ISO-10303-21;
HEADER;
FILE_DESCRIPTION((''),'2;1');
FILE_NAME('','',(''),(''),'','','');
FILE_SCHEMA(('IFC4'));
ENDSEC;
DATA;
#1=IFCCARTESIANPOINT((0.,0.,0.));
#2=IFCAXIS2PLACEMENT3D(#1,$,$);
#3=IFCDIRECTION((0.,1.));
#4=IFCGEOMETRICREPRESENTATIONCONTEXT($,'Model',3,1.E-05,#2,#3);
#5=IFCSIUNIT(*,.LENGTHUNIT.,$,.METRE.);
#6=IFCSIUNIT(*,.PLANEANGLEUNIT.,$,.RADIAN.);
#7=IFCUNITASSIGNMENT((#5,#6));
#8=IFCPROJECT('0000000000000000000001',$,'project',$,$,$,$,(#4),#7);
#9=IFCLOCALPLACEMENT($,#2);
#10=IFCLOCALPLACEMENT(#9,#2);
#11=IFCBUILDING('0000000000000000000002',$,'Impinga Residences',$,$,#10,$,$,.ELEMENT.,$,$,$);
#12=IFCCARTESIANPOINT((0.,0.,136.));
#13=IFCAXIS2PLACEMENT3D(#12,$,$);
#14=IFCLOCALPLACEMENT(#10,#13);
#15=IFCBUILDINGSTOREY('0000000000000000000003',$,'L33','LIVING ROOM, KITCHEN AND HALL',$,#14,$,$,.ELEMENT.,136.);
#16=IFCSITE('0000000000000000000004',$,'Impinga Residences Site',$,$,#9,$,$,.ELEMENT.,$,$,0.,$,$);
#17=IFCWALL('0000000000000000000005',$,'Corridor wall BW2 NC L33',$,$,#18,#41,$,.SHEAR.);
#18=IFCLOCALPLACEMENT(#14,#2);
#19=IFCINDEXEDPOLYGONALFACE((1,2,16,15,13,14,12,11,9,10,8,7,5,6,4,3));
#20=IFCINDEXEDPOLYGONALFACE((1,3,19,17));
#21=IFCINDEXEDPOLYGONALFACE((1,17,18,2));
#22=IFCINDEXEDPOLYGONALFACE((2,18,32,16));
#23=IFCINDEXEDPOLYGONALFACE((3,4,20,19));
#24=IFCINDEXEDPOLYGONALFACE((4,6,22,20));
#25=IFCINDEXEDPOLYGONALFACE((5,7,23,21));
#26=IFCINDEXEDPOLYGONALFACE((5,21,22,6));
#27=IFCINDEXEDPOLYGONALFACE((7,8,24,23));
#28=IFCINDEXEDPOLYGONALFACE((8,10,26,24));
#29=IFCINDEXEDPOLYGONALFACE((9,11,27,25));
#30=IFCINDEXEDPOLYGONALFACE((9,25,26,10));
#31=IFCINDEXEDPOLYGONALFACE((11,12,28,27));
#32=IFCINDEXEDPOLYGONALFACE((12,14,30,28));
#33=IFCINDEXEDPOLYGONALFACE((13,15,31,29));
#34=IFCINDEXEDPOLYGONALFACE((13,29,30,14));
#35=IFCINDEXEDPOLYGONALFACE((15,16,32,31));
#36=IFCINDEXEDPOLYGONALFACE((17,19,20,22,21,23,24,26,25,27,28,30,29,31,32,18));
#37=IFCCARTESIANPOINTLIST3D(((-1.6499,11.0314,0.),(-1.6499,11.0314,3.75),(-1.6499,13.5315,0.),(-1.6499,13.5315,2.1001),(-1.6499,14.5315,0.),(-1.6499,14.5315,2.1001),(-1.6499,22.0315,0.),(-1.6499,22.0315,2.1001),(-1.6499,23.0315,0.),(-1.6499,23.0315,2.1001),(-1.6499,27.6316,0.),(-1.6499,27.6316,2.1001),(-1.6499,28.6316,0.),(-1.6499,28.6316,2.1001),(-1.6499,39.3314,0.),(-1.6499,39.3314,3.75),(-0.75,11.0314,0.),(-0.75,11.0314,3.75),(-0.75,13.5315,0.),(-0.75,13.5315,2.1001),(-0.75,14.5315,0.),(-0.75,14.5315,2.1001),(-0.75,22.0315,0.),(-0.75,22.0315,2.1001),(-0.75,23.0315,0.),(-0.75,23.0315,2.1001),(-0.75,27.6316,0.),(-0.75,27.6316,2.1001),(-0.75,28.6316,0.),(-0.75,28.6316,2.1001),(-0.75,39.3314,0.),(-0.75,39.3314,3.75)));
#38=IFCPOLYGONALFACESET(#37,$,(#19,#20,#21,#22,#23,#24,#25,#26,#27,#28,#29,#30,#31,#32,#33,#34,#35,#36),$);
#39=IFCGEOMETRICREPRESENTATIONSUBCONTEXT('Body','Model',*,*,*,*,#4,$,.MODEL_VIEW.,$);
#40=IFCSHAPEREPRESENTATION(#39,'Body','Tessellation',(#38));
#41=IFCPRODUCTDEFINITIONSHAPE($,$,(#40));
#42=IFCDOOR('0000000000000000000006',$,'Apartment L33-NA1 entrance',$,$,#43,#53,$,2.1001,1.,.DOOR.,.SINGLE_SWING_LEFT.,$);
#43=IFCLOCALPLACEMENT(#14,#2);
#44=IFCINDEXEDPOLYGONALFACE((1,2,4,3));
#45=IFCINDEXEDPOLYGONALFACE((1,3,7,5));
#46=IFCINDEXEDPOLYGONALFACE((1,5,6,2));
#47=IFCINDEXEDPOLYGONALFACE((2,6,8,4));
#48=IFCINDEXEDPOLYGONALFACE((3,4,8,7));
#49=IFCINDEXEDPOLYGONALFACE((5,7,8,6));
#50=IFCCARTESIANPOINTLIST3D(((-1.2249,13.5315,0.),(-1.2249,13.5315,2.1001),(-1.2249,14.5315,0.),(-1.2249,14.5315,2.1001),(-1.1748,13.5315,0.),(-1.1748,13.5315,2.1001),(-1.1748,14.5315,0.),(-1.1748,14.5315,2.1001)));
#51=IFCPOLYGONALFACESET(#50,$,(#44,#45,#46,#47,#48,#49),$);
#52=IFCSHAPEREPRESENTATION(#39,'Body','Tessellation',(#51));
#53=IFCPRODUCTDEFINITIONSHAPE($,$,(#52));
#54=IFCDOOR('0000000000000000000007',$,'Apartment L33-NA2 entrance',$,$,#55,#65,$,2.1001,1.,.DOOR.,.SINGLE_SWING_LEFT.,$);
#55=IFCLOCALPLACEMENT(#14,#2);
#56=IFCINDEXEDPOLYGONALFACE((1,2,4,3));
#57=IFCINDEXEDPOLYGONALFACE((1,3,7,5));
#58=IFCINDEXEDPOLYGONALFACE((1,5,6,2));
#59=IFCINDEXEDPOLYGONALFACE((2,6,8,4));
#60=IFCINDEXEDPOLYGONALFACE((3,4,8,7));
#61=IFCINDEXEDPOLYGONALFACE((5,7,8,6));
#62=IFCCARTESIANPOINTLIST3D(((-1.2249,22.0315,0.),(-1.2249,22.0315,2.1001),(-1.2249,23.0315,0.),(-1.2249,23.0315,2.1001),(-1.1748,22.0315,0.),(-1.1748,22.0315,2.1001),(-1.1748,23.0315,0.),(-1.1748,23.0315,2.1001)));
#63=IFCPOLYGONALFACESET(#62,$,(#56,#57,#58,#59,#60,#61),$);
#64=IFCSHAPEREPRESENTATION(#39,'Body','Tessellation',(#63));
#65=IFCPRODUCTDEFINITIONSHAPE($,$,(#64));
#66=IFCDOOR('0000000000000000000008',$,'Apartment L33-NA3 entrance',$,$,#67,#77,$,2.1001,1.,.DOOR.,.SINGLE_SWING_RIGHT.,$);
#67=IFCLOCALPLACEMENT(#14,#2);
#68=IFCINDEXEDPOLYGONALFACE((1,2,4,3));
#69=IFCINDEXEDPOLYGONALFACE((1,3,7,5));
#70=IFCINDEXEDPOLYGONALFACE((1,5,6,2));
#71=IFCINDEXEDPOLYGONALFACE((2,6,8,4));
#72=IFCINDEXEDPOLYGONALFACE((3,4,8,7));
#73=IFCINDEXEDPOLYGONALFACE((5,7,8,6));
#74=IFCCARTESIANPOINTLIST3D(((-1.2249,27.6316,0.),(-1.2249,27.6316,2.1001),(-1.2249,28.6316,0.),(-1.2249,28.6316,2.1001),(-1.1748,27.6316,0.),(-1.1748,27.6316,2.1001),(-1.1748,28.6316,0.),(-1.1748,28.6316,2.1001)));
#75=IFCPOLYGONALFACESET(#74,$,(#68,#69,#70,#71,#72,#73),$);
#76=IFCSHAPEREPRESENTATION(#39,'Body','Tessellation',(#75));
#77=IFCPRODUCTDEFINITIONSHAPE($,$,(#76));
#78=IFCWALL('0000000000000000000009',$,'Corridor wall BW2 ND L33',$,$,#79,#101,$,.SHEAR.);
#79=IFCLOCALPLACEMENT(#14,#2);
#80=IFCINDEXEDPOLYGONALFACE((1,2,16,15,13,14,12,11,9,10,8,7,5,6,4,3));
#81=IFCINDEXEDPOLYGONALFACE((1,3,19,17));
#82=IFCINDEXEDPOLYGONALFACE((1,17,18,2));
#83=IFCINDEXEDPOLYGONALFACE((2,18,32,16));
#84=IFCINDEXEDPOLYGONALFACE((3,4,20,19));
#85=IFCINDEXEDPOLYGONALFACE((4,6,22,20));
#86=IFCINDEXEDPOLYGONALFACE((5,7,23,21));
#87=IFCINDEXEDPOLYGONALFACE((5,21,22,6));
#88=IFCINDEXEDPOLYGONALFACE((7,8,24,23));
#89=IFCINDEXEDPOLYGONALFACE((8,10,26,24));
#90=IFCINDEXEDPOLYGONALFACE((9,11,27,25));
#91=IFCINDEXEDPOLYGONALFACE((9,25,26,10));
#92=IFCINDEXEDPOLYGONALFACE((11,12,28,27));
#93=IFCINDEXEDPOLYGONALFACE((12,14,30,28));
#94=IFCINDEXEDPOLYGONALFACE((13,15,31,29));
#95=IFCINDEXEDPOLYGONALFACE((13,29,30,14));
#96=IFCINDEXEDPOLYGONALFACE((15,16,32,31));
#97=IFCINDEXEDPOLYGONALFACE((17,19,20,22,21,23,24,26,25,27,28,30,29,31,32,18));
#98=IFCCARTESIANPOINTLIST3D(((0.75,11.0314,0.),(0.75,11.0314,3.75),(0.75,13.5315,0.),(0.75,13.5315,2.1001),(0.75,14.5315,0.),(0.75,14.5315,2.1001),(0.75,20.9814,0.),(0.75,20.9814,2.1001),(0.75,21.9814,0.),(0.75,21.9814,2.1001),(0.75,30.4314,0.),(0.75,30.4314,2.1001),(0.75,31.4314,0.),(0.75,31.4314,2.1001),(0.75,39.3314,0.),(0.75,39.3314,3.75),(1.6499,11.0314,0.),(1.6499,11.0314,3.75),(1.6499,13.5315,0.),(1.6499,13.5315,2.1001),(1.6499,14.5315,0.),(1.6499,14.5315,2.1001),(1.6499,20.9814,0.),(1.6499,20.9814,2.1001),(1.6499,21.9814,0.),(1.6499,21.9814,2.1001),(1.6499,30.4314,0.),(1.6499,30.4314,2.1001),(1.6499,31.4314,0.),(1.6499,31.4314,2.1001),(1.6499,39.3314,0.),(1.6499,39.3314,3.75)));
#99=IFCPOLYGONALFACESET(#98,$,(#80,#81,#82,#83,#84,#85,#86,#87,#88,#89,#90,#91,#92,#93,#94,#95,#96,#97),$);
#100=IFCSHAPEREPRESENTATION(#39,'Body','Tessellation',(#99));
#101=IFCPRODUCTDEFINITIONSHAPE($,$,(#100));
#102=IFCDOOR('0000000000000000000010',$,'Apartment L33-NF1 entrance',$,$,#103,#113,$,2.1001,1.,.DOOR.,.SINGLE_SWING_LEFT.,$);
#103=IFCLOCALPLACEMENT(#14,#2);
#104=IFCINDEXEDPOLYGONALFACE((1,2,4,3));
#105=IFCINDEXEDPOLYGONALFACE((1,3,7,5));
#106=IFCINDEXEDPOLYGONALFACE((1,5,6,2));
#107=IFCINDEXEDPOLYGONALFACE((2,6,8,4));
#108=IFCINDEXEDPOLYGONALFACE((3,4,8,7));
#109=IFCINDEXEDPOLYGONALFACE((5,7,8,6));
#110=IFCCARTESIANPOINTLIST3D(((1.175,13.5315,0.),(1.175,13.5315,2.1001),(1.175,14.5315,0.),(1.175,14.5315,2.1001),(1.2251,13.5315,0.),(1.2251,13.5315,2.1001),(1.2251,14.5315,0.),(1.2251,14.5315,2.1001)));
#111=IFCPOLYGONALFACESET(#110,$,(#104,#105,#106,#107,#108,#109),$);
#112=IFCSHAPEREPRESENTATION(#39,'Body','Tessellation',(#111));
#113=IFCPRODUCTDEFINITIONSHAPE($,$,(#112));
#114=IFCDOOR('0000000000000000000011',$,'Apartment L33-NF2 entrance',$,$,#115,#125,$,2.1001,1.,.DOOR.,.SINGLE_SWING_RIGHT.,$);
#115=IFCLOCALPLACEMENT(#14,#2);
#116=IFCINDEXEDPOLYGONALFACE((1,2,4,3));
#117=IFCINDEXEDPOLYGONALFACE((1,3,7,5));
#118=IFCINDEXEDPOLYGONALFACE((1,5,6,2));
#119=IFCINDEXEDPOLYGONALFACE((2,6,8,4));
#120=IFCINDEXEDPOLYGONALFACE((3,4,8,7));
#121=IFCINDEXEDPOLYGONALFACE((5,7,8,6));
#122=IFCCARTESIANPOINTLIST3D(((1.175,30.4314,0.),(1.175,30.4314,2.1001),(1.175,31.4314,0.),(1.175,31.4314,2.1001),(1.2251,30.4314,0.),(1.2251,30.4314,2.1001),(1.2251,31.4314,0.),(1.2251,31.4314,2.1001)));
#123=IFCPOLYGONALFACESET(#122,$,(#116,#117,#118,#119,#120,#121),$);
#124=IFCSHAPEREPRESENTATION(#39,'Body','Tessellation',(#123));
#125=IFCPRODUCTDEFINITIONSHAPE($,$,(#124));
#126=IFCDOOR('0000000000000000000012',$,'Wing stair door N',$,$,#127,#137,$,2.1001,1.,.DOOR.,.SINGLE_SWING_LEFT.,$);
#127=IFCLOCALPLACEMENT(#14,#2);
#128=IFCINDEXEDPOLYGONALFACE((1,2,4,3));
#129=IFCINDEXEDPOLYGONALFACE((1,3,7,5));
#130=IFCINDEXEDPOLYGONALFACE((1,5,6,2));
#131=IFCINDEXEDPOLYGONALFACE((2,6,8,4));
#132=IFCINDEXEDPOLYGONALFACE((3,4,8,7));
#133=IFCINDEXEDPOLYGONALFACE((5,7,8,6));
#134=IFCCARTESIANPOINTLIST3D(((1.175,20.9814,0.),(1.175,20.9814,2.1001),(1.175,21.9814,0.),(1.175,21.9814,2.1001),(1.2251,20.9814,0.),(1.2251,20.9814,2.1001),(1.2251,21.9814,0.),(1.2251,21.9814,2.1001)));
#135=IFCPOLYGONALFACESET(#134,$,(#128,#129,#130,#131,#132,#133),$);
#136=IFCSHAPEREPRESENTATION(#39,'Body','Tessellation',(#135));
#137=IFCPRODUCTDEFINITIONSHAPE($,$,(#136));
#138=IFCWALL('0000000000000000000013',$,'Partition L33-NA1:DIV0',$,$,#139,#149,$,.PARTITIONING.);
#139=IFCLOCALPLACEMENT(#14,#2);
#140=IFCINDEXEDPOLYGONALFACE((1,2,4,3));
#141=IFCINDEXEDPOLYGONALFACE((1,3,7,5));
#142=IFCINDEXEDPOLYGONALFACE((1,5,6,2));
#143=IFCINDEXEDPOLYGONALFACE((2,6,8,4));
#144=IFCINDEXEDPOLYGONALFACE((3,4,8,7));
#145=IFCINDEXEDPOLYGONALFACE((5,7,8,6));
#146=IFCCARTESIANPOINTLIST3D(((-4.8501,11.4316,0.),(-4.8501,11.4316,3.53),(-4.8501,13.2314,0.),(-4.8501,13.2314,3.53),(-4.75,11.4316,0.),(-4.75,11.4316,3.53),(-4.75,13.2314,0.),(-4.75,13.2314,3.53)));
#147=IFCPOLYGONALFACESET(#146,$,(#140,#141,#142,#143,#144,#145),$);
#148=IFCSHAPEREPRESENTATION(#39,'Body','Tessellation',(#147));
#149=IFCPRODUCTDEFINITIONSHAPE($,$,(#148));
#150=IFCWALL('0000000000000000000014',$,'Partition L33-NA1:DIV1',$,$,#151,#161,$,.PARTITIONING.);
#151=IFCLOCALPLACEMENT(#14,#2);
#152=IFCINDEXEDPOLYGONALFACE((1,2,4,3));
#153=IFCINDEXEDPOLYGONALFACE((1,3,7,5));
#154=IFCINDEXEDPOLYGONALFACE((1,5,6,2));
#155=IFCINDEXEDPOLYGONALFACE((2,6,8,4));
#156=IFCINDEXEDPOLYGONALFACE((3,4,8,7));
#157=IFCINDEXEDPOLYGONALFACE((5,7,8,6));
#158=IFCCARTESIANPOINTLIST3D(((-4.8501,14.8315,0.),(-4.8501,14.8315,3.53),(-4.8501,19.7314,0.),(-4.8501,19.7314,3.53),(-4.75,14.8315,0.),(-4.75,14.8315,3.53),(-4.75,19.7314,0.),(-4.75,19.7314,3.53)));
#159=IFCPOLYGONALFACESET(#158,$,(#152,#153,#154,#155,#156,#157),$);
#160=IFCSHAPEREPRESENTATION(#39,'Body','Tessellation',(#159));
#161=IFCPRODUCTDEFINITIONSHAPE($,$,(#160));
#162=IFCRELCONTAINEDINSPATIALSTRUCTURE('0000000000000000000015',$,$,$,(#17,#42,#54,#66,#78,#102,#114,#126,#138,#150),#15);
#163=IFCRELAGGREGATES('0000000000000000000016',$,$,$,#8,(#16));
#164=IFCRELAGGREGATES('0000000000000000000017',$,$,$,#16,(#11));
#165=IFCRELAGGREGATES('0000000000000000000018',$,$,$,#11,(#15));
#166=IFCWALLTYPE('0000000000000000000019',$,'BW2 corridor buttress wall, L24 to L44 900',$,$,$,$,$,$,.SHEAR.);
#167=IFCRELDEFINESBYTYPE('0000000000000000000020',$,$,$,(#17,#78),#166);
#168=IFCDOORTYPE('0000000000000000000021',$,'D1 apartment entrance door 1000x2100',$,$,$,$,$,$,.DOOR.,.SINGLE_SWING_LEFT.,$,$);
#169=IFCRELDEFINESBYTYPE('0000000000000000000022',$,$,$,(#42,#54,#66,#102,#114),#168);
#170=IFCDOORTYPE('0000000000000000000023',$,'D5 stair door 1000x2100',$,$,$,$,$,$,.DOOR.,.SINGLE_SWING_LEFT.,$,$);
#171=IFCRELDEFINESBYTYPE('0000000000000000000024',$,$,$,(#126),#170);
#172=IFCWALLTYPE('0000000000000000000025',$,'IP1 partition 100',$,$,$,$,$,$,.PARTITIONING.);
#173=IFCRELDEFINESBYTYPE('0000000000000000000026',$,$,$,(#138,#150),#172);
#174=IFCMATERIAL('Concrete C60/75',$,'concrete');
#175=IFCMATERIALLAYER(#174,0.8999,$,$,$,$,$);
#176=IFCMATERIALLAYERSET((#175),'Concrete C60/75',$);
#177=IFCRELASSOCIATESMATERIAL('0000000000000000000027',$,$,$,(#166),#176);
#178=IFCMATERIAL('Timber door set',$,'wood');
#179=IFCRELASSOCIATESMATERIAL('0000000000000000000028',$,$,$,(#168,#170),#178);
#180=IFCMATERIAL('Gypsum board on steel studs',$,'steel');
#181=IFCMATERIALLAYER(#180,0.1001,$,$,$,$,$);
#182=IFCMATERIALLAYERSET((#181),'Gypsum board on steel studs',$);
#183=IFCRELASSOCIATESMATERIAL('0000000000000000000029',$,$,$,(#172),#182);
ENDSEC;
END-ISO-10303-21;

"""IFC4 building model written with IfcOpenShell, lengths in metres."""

from ifc_helpers import new_model, si_unit, direction, frame, frame_2d, origin, place, context, subcontext, project, spatial, rectangle, extrude, material, layer, layer_set, type_object, element, fill, save


model = new_model("IFC4")

# Units and contexts
model_context = context("Model", 3, precision=1e-05, world=origin(), true_north=direction((0.0, 1.0)))
body_context = subcontext(model_context, "Body", "Model", "MODEL_VIEW")
ifc_project = project(units=[si_unit("LENGTHUNIT", "METRE"), si_unit("PLANEANGLEUNIT", "RADIAN")], contexts=[model_context])

# Site, building, storey
site_placement = place(None, origin())
site = spatial("IfcSite", under=ifc_project, at=site_placement, Name="Impinga Residences Site", CompositionType="ELEMENT", RefElevation=0.0)
building_placement = place(site_placement, origin())
building = spatial("IfcBuilding", under=site, at=building_placement, Name="Impinga Residences", CompositionType="ELEMENT")
storey_placement = place(building_placement, frame((0.0, 0.0, 136.0)))
storey = spatial("IfcBuildingStorey", under=building, at=storey_placement, Name="L33", Description="LIVING ROOM, KITCHEN AND HALL", CompositionType="ELEMENT", Elevation=136.0)

# Walls, openings, doors
ifc_material_1 = material(Name="Concrete C60/75", Category="concrete")
ifc_layer_1 = layer(ifc_material_1, 0.8999)
ifc_layer_set_1 = layer_set([ifc_layer_1], Name="Concrete C60/75")
wall_type_1 = type_object("IfcWallType", Name="BW2 corridor buttress wall, L24 to L44 900", PredefinedType="SHEAR", material=ifc_layer_set_1)
wall_1_placement = place(storey_placement, frame((-1.2, 11.0315, 0.0), z_axis=(0.0, 0.0, 1.0), x_axis=(0.0, 1.0, 0.0)))
wall_1 = element("IfcWall", 1, at=wall_1_placement, inside=storey, type_object=wall_type_1, Name="Corridor wall BW2 NC L33", PredefinedType="SHEAR", context=body_context, shape_type="SweptSolid", body=[
    extrude(rectangle(XDim=28.3, YDim=0.8999, at=frame_2d((14.1499, 0.0))), origin(), (0.0, 0.0, 1.0), 3.75),
])
opening_1_placement = place(wall_1_placement, frame((2.5, 0.0, 0.0)))
opening_1 = element("IfcOpeningElement", 2, at=opening_1_placement, cuts=wall_1, PredefinedType="OPENING", context=body_context, shape_type="SweptSolid", body=[
    extrude(rectangle(XDim=1.0, YDim=2.1001, at=frame_2d((0.5, 1.05))), frame((0.0, 0.46, 0.0), z_axis=(0.0, -1.0, 0.0), x_axis=(1.0, 0.0, 0.0)), (0.0, 0.0, 1.0), 0.9199),
])
opening_2_placement = place(wall_1_placement, frame((11.0, 0.0, 0.0)))
opening_2 = element("IfcOpeningElement", 3, at=opening_2_placement, cuts=wall_1, PredefinedType="OPENING", context=body_context, shape_type="SweptSolid", body=[
    extrude(rectangle(XDim=1.0, YDim=2.1001, at=frame_2d((0.5, 1.05))), frame((0.0, 0.46, 0.0), z_axis=(0.0, -1.0, 0.0), x_axis=(1.0, 0.0, 0.0)), (0.0, 0.0, 1.0), 0.9199),
])
opening_3_placement = place(wall_1_placement, frame((16.6001, 0.0, 0.0)))
opening_3 = element("IfcOpeningElement", 4, at=opening_3_placement, cuts=wall_1, PredefinedType="OPENING", context=body_context, shape_type="SweptSolid", body=[
    extrude(rectangle(XDim=1.0, YDim=2.1001, at=frame_2d((0.5, 1.05))), frame((0.0, 0.46, 0.0), z_axis=(0.0, -1.0, 0.0), x_axis=(1.0, 0.0, 0.0)), (0.0, 0.0, 1.0), 0.9199),
])
ifc_material_2 = material(Name="Timber door set", Category="wood")
door_type_1 = type_object("IfcDoorType", Name="D1 apartment entrance door 1000x2100", OperationType="SINGLE_SWING_LEFT", PredefinedType="DOOR", material=ifc_material_2)
door_1_placement = place(opening_1_placement, origin())
door_1 = element("IfcDoor", 5, at=door_1_placement, inside=storey, type_object=door_type_1, Name="Apartment L33-NA1 entrance", OperationType="SINGLE_SWING_LEFT", OverallHeight=2.1001, OverallWidth=1.0, PredefinedType="DOOR", context=body_context, shape_type="SweptSolid", body=[
    extrude(rectangle(XDim=1.0, YDim=2.1001, at=frame_2d((0.5, 1.05))), frame((0.0, 0.0249, 0.0), z_axis=(0.0, -1.0, 0.0), x_axis=(1.0, 0.0, 0.0)), (0.0, 0.0, 1.0), 0.05),
])
fill(opening_1, door_1)
door_2_placement = place(opening_2_placement, origin())
door_2 = element("IfcDoor", 6, at=door_2_placement, inside=storey, type_object=door_type_1, Name="Apartment L33-NA2 entrance", OperationType="SINGLE_SWING_LEFT", OverallHeight=2.1001, OverallWidth=1.0, PredefinedType="DOOR", context=body_context, shape_type="SweptSolid", body=[
    extrude(rectangle(XDim=1.0, YDim=2.1001, at=frame_2d((0.5, 1.05))), frame((0.0, 0.0249, 0.0), z_axis=(0.0, -1.0, 0.0), x_axis=(1.0, 0.0, 0.0)), (0.0, 0.0, 1.0), 0.05),
])
fill(opening_2, door_2)
door_3_placement = place(opening_3_placement, origin())
door_3 = element("IfcDoor", 7, at=door_3_placement, inside=storey, type_object=door_type_1, Name="Apartment L33-NA3 entrance", OperationType="SINGLE_SWING_RIGHT", OverallHeight=2.1001, OverallWidth=1.0, PredefinedType="DOOR", context=body_context, shape_type="SweptSolid", body=[
    extrude(rectangle(XDim=1.0, YDim=2.1001, at=frame_2d((0.5, 1.05))), frame((0.0, 0.0249, 0.0), z_axis=(0.0, -1.0, 0.0), x_axis=(1.0, 0.0, 0.0)), (0.0, 0.0, 1.0), 0.05),
])
fill(opening_3, door_3)
wall_2_placement = place(storey_placement, frame((1.2, 11.0315, 0.0), z_axis=(0.0, 0.0, 1.0), x_axis=(0.0, 1.0, 0.0)))
wall_2 = element("IfcWall", 8, at=wall_2_placement, inside=storey, type_object=wall_type_1, Name="Corridor wall BW2 ND L33", PredefinedType="SHEAR", context=body_context, shape_type="SweptSolid", body=[
    extrude(rectangle(XDim=28.3, YDim=0.8999, at=frame_2d((14.1499, 0.0))), origin(), (0.0, 0.0, 1.0), 3.75),
])
opening_4_placement = place(wall_2_placement, frame((9.95, 0.0, 0.0)))
opening_4 = element("IfcOpeningElement", 9, at=opening_4_placement, cuts=wall_2, PredefinedType="OPENING", context=body_context, shape_type="SweptSolid", body=[
    extrude(rectangle(XDim=1.0, YDim=2.1001, at=frame_2d((0.5, 1.05))), frame((0.0, 0.46, 0.0), z_axis=(0.0, -1.0, 0.0), x_axis=(1.0, 0.0, 0.0)), (0.0, 0.0, 1.0), 0.9199),
])
opening_5_placement = place(wall_2_placement, frame((2.5, 0.0, 0.0)))
opening_5 = element("IfcOpeningElement", 10, at=opening_5_placement, cuts=wall_2, PredefinedType="OPENING", context=body_context, shape_type="SweptSolid", body=[
    extrude(rectangle(XDim=1.0, YDim=2.1001, at=frame_2d((0.5, 1.05))), frame((0.0, 0.46, 0.0), z_axis=(0.0, -1.0, 0.0), x_axis=(1.0, 0.0, 0.0)), (0.0, 0.0, 1.0), 0.9199),
])
opening_6_placement = place(wall_2_placement, frame((19.3999, 0.0, 0.0)))
opening_6 = element("IfcOpeningElement", 11, at=opening_6_placement, cuts=wall_2, PredefinedType="OPENING", context=body_context, shape_type="SweptSolid", body=[
    extrude(rectangle(XDim=1.0, YDim=2.1001, at=frame_2d((0.5, 1.05))), frame((0.0, 0.46, 0.0), z_axis=(0.0, -1.0, 0.0), x_axis=(1.0, 0.0, 0.0)), (0.0, 0.0, 1.0), 0.9199),
])
door_4_placement = place(opening_5_placement, origin())
door_4 = element("IfcDoor", 12, at=door_4_placement, inside=storey, type_object=door_type_1, Name="Apartment L33-NF1 entrance", OperationType="SINGLE_SWING_LEFT", OverallHeight=2.1001, OverallWidth=1.0, PredefinedType="DOOR", context=body_context, shape_type="SweptSolid", body=[
    extrude(rectangle(XDim=1.0, YDim=2.1001, at=frame_2d((0.5, 1.05))), frame((0.0, 0.0249, 0.0), z_axis=(0.0, -1.0, 0.0), x_axis=(1.0, 0.0, 0.0)), (0.0, 0.0, 1.0), 0.05),
])
fill(opening_5, door_4)
door_5_placement = place(opening_6_placement, origin())
door_5 = element("IfcDoor", 13, at=door_5_placement, inside=storey, type_object=door_type_1, Name="Apartment L33-NF2 entrance", OperationType="SINGLE_SWING_RIGHT", OverallHeight=2.1001, OverallWidth=1.0, PredefinedType="DOOR", context=body_context, shape_type="SweptSolid", body=[
    extrude(rectangle(XDim=1.0, YDim=2.1001, at=frame_2d((0.5, 1.05))), frame((0.0, 0.0249, 0.0), z_axis=(0.0, -1.0, 0.0), x_axis=(1.0, 0.0, 0.0)), (0.0, 0.0, 1.0), 0.05),
])
fill(opening_6, door_5)
door_type_2 = type_object("IfcDoorType", Name="D5 stair door 1000x2100", OperationType="SINGLE_SWING_LEFT", PredefinedType="DOOR", material=ifc_material_2)
door_6_placement = place(opening_4_placement, origin())
door_6 = element("IfcDoor", 14, at=door_6_placement, inside=storey, type_object=door_type_2, Name="Wing stair door N", OperationType="SINGLE_SWING_LEFT", OverallHeight=2.1001, OverallWidth=1.0, PredefinedType="DOOR", context=body_context, shape_type="SweptSolid", body=[
    extrude(rectangle(XDim=1.0, YDim=2.1001, at=frame_2d((0.5, 1.05))), frame((0.0, 0.0249, 0.0), z_axis=(0.0, -1.0, 0.0), x_axis=(1.0, 0.0, 0.0)), (0.0, 0.0, 1.0), 0.05),
])
fill(opening_4, door_6)

# Walls
ifc_material_3 = material(Name="Gypsum board on steel studs", Category="steel")
ifc_layer_2 = layer(ifc_material_3, 0.1001)
ifc_layer_set_2 = layer_set([ifc_layer_2], Name="Gypsum board on steel studs")
wall_type_2 = type_object("IfcWallType", Name="IP1 partition 100", PredefinedType="PARTITIONING", material=ifc_layer_set_2)
wall_3_placement = place(storey_placement, frame((-4.8, 11.4316, 0.0), z_axis=(0.0, 0.0, 1.0), x_axis=(0.0, 1.0, 0.0)))
element("IfcWall", 15, at=wall_3_placement, inside=storey, type_object=wall_type_2, Name="Partition L33-NA1:DIV0", PredefinedType="PARTITIONING", context=body_context, shape_type="SweptSolid", body=[
    extrude(rectangle(XDim=1.7998, YDim=0.1001, at=frame_2d((0.8999, 0.0))), origin(), (0.0, 0.0, 1.0), 3.53),
])
wall_4_placement = place(storey_placement, frame((-4.8, 14.8315, 0.0), z_axis=(0.0, 0.0, 1.0), x_axis=(0.0, 1.0, 0.0)))
element("IfcWall", 16, at=wall_4_placement, inside=storey, type_object=wall_type_2, Name="Partition L33-NA1:DIV1", PredefinedType="PARTITIONING", context=body_context, shape_type="SweptSolid", body=[
    extrude(rectangle(XDim=4.8999, YDim=0.1001, at=frame_2d((2.45, 0.0))), origin(), (0.0, 0.0, 1.0), 3.53),
])

save(model, "model.ifc")
